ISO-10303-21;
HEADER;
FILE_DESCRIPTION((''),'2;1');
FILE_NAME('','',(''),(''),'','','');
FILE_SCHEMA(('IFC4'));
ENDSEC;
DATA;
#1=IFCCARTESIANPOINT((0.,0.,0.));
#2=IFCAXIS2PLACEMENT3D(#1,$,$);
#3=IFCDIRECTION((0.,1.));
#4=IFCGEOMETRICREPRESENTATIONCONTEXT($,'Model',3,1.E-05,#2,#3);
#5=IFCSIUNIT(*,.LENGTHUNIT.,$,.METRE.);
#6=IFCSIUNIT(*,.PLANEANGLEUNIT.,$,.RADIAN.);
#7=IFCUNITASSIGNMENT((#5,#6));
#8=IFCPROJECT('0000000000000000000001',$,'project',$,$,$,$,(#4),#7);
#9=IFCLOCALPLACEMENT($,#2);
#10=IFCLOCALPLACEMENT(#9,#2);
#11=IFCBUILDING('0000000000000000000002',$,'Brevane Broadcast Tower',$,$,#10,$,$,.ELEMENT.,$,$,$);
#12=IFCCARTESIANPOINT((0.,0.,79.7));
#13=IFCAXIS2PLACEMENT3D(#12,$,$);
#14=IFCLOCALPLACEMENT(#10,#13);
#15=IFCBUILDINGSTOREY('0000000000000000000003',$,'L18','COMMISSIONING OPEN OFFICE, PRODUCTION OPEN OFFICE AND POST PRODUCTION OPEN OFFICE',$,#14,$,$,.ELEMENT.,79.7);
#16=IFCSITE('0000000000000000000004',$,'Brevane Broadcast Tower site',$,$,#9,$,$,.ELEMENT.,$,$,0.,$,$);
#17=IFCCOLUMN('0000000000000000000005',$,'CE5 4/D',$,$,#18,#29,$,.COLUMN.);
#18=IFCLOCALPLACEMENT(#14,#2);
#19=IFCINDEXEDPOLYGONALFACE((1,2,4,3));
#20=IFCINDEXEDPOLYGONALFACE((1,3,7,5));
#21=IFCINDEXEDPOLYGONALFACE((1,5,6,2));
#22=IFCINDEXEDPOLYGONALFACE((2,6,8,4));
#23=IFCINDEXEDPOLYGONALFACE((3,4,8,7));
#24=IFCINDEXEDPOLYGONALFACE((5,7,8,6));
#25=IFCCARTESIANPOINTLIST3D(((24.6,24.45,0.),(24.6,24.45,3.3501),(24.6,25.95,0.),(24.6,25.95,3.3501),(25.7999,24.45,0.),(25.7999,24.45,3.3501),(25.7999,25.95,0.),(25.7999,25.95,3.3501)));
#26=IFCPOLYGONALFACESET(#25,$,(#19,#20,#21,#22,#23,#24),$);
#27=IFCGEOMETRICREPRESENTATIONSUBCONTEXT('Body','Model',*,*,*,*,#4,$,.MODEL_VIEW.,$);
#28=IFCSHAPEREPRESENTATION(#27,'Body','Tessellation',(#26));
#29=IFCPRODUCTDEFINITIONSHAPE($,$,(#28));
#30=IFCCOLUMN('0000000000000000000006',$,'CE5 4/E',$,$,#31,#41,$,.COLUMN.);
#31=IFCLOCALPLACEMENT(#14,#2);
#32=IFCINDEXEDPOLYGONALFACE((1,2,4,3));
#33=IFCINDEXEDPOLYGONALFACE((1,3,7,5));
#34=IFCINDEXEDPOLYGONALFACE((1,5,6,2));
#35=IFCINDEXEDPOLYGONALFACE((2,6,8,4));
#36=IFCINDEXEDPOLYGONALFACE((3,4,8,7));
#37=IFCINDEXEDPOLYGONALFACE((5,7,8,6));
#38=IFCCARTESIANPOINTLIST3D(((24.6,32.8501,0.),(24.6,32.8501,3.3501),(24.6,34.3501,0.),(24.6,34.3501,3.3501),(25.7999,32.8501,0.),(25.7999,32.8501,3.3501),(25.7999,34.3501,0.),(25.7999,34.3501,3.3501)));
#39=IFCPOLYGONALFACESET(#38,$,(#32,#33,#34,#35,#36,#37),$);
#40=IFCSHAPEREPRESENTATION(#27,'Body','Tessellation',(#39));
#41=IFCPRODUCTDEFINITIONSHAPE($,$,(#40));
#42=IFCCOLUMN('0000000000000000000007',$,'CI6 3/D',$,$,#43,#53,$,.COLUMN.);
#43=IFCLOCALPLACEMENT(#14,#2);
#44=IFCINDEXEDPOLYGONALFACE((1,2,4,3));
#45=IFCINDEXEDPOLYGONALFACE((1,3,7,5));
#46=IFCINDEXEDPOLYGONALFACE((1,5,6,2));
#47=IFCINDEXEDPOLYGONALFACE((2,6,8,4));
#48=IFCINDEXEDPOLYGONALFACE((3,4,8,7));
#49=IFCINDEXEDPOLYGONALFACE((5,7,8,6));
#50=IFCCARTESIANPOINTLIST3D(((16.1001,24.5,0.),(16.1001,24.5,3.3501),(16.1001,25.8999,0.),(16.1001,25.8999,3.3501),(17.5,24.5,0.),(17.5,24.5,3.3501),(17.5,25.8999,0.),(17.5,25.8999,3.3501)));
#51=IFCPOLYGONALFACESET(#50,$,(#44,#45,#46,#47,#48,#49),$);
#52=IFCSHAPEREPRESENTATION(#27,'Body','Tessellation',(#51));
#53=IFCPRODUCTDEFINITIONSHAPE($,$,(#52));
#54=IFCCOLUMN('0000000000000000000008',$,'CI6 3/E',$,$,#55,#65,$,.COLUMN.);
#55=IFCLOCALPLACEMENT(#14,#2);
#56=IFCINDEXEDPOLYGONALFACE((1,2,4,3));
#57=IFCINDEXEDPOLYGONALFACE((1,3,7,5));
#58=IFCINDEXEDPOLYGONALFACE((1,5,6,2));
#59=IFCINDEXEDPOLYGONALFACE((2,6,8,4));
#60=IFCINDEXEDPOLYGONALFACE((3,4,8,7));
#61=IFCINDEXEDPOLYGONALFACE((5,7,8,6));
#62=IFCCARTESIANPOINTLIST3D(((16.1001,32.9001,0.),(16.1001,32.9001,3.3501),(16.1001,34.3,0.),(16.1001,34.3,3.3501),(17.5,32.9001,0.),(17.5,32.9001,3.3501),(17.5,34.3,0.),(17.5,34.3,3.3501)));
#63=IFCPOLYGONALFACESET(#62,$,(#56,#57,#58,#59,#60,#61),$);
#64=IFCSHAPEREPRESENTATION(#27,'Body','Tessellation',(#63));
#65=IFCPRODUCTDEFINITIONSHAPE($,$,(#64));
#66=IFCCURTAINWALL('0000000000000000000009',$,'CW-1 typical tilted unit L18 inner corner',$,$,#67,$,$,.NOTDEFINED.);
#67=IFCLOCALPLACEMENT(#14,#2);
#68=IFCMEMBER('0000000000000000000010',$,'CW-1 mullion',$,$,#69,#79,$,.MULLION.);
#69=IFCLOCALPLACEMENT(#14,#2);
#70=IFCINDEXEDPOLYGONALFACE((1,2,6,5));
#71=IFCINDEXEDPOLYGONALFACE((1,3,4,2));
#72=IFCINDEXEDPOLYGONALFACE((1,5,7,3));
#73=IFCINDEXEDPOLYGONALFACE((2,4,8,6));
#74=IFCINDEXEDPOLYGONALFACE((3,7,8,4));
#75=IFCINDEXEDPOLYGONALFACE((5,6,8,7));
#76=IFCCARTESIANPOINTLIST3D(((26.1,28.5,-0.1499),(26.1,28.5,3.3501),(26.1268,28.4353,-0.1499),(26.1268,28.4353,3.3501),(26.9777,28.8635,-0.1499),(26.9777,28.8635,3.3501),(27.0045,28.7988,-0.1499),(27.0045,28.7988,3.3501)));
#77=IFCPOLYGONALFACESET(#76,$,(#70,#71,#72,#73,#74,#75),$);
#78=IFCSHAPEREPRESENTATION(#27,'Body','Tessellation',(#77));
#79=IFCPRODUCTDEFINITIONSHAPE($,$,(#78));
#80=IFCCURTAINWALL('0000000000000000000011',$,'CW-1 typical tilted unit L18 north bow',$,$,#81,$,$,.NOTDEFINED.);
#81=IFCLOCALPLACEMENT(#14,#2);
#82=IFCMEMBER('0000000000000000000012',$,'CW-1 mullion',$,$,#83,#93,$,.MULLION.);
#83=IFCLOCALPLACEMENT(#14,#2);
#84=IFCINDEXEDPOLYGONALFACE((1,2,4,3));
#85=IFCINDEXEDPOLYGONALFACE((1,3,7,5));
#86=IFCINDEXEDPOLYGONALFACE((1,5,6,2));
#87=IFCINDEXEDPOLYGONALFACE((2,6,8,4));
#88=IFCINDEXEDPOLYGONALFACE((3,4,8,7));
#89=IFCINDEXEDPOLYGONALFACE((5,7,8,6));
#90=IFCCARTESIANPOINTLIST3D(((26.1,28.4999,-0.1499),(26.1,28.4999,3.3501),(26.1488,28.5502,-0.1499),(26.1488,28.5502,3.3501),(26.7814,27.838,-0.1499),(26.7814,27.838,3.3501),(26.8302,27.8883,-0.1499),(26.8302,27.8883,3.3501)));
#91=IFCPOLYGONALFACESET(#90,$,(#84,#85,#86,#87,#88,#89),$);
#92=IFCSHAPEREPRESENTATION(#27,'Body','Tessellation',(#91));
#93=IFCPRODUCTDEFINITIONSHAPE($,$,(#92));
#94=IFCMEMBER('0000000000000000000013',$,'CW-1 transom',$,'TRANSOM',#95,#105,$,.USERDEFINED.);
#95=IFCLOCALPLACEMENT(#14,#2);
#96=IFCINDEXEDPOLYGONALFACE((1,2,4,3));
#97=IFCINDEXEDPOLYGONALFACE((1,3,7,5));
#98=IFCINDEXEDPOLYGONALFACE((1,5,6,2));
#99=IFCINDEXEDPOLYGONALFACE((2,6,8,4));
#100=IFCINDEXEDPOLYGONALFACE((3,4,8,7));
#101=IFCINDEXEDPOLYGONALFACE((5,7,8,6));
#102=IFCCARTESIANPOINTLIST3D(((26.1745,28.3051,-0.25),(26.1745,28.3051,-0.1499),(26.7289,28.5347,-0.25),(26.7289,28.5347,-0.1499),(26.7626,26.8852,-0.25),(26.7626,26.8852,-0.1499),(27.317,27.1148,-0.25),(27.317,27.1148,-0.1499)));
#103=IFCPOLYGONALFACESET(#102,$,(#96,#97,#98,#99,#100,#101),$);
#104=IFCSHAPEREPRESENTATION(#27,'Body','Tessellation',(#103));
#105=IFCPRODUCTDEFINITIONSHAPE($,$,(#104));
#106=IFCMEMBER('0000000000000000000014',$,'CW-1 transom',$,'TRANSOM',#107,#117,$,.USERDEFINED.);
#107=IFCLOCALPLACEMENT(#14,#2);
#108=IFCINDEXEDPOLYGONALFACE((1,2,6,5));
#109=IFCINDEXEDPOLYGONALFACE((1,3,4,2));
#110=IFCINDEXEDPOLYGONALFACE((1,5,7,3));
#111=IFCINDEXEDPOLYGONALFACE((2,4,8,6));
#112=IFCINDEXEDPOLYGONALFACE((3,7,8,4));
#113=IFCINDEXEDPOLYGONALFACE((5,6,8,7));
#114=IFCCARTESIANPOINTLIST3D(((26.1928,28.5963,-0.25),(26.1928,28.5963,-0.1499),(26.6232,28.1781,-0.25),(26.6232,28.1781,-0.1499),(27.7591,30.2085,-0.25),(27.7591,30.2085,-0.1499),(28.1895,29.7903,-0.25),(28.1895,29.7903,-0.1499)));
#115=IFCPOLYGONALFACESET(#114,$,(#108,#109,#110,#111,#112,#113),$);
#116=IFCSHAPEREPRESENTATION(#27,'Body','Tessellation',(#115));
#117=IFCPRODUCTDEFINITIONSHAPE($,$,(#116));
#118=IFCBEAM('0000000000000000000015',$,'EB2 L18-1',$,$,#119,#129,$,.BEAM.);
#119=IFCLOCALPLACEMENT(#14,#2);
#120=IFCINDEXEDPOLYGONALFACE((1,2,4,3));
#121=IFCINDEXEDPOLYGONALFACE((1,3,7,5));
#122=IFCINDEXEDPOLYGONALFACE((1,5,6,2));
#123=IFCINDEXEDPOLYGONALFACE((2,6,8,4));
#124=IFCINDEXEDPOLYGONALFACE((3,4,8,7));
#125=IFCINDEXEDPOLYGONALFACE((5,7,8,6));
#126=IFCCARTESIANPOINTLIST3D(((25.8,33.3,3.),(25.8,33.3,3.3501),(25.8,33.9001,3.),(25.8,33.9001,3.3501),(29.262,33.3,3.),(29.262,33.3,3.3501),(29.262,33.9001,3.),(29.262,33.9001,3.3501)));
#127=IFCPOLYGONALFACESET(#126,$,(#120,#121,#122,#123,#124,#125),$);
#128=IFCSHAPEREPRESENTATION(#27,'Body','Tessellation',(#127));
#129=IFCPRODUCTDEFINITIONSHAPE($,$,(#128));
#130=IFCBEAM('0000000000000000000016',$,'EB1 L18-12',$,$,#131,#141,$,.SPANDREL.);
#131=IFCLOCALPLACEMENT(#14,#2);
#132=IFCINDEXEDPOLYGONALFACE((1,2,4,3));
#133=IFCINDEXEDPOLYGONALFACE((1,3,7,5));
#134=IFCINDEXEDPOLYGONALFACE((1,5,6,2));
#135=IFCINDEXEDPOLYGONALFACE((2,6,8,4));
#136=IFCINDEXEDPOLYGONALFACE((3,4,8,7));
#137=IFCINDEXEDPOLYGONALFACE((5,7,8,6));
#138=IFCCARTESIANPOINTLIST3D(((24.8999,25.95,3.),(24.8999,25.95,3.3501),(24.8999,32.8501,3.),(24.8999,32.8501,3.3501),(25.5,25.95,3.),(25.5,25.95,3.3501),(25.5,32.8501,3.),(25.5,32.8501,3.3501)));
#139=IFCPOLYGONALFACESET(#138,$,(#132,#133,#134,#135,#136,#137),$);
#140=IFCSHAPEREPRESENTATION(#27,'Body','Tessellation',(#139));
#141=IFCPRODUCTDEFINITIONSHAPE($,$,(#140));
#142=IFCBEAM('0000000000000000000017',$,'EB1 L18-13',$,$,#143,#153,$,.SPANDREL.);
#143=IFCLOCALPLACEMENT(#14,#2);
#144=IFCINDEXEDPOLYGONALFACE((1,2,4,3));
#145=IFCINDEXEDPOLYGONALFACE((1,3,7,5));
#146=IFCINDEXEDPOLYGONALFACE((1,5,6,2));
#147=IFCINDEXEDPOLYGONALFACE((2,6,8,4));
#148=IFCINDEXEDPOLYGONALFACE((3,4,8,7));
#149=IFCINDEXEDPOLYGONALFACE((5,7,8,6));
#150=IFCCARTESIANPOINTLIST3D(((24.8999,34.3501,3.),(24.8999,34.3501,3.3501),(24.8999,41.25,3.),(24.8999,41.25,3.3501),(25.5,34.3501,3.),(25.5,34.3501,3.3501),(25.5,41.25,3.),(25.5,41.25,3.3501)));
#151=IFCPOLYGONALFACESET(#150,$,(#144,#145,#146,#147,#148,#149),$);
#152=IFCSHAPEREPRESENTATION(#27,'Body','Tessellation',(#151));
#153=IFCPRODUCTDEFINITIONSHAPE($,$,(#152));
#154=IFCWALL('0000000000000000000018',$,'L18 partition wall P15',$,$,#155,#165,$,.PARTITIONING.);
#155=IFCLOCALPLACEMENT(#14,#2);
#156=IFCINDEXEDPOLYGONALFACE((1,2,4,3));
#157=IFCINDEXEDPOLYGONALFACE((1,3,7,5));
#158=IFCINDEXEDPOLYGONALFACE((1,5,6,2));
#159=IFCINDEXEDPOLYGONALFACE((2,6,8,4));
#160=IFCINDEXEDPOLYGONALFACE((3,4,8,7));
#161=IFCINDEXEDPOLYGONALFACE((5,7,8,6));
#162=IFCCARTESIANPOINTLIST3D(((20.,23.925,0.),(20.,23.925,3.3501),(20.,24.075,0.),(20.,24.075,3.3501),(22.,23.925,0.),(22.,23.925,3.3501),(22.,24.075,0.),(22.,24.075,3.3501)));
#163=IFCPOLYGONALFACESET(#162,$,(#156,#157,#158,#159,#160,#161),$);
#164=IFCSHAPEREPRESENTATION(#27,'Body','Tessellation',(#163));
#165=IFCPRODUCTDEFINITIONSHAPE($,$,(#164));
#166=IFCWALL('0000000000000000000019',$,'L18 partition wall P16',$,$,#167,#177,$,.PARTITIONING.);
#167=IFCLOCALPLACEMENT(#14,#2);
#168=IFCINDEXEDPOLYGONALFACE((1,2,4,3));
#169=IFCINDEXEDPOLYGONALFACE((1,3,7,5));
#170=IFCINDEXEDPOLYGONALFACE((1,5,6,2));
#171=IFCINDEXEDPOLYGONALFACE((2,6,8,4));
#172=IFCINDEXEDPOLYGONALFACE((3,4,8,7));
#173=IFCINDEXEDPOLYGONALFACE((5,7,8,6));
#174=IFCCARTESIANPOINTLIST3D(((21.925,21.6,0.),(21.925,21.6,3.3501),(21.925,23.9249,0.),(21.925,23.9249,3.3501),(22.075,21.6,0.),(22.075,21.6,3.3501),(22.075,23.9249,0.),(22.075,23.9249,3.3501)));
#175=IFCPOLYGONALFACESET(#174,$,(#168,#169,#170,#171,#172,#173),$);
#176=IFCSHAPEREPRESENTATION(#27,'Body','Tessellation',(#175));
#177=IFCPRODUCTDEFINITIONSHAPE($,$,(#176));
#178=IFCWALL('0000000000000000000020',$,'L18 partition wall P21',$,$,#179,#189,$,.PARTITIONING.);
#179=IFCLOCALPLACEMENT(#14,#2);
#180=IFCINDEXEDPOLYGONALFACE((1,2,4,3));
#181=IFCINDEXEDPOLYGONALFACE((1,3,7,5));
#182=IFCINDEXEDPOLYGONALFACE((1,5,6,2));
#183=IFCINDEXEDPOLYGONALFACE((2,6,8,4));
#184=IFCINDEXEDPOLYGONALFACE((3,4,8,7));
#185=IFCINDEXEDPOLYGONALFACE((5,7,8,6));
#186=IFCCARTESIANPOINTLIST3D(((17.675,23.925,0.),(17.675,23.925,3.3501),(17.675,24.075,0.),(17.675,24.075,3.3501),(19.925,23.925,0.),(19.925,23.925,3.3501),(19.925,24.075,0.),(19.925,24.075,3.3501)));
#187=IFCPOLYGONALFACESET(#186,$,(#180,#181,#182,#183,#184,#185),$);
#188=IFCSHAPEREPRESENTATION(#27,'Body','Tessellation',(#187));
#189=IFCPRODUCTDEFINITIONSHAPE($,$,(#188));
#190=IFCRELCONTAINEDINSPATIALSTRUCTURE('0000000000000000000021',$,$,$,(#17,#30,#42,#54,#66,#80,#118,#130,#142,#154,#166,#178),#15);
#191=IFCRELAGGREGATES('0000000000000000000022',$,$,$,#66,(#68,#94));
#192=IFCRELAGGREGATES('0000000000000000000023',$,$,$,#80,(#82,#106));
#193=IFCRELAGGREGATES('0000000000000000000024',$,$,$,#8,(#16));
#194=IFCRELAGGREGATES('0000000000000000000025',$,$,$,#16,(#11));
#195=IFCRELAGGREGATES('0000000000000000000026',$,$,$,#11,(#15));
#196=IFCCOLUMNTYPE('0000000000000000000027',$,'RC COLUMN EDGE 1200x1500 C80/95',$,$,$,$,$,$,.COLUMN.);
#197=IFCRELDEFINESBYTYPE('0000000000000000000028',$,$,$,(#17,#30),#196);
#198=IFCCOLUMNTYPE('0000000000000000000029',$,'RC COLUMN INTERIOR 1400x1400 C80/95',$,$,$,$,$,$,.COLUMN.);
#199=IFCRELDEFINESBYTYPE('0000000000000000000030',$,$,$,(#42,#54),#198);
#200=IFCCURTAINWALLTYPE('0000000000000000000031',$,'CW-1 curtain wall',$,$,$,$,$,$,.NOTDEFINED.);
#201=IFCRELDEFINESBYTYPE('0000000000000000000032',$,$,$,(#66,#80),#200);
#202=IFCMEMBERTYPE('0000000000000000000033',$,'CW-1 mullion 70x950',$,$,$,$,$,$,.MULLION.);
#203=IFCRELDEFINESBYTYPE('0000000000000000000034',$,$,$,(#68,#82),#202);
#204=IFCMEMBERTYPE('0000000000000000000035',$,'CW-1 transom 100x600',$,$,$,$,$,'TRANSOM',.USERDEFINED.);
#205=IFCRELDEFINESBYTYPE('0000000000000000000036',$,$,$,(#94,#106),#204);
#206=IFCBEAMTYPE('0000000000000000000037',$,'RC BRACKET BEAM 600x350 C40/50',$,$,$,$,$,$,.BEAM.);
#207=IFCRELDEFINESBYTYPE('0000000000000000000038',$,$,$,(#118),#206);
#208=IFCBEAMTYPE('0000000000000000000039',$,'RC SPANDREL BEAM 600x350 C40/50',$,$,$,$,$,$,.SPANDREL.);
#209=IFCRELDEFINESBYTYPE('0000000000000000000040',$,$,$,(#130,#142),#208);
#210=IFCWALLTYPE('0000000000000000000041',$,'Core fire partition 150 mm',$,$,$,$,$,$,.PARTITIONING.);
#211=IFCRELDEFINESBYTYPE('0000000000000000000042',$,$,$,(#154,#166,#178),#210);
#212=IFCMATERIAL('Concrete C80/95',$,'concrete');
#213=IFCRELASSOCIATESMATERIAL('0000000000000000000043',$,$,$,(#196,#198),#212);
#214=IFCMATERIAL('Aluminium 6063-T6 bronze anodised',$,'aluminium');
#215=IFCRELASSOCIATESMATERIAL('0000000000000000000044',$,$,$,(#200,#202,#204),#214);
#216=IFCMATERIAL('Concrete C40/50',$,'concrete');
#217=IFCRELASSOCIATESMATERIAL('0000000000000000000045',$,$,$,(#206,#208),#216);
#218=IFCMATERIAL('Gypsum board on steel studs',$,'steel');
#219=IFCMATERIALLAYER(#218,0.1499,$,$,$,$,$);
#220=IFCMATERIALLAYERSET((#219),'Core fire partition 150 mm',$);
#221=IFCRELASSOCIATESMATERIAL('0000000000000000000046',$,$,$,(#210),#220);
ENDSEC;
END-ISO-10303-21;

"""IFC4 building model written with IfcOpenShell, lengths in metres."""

from ifc_helpers import new_model, si_unit, direction, frame, frame_2d, origin, origin_2d, place, context, subcontext, project, spatial, rectangle, extrude, material, layer, layer_set, material_profile, profile_set, type_object, element, aggregate, save


model = new_model("IFC4")

# Units and contexts
model_context = context("Model", 3, precision=1e-05, world=origin(), true_north=direction((0.0, 1.0)))
body_context = subcontext(model_context, "Body", "Model", "MODEL_VIEW")
ifc_project = project(units=[si_unit("LENGTHUNIT", "METRE"), si_unit("PLANEANGLEUNIT", "RADIAN")], contexts=[model_context])

# Site, building, storey
site_placement = place(None, origin())
site = spatial("IfcSite", under=ifc_project, at=site_placement, Name="Brevane Broadcast Tower site", CompositionType="ELEMENT", RefElevation=0.0)
building_placement = place(site_placement, origin())
building = spatial("IfcBuilding", under=site, at=building_placement, Name="Brevane Broadcast Tower", CompositionType="ELEMENT")
storey_placement = place(building_placement, frame((0.0, 0.0, 79.7)))
storey = spatial("IfcBuildingStorey", under=building, at=storey_placement, Name="L18", Description="COMMISSIONING OPEN OFFICE, PRODUCTION OPEN OFFICE AND POST PRODUCTION OPEN OFFICE", CompositionType="ELEMENT", Elevation=79.7)

# Columns
ifc_material_1 = material(Name="Concrete C80/95", Category="concrete")
ifc_material_profile_1 = material_profile(ifc_material_1, rectangle(XDim=1.2, YDim=1.5, at=origin_2d()), Name="RC 1200x1500")
ifc_profile_set_1 = profile_set([ifc_material_profile_1], Name="Concrete C80/95")
column_type_1 = type_object("IfcColumnType", Name="RC COLUMN EDGE 1200x1500 C80/95", PredefinedType="COLUMN", material=ifc_profile_set_1)
for number, where, z_axis, x_axis, name in (
    (1, (25.2, 25.2, 0.0), (0.0, 0.0, 1.0), (1.0, 0.0, 0.0), "CE5 4/D"),
    (2, (25.2, 33.6001, 0.0), (0.0, 0.0, 1.0), (1.0, 0.0, 0.0), "CE5 4/E"),
):
    element("IfcColumn", number, at=place(storey_placement, frame(where, z_axis=z_axis, x_axis=x_axis)), inside=storey, type_object=column_type_1, Name=name, PredefinedType="COLUMN", context=body_context, shape_type="SweptSolid", body=[
        extrude(rectangle(XDim=1.2, YDim=1.5, at=origin_2d()), origin(), (0.0, 0.0, 1.0), 3.3501),
    ])
ifc_material_profile_2 = material_profile(ifc_material_1, rectangle(XDim=1.3999, YDim=1.3999, at=origin_2d()), Name="RC 1400x1400")
ifc_profile_set_2 = profile_set([ifc_material_profile_2], Name="Concrete C80/95")
column_type_2 = type_object("IfcColumnType", Name="RC COLUMN INTERIOR 1400x1400 C80/95", PredefinedType="COLUMN", material=ifc_profile_set_2)
for number, where, z_axis, x_axis, name in (
    (3, (16.8, 25.2, 0.0), (0.0, 0.0, 1.0), (1.0, 0.0, 0.0), "CI6 3/D"),
    (4, (16.8, 33.6001, 0.0), (0.0, 0.0, 1.0), (1.0, 0.0, 0.0), "CI6 3/E"),
):
    element("IfcColumn", number, at=place(storey_placement, frame(where, z_axis=z_axis, x_axis=x_axis)), inside=storey, type_object=column_type_2, Name=name, PredefinedType="COLUMN", context=body_context, shape_type="SweptSolid", body=[
        extrude(rectangle(XDim=1.3999, YDim=1.3999, at=origin_2d()), origin(), (0.0, 0.0, 1.0), 3.3501),
    ])

# Curtain walls, members
ifc_material_2 = material(Name="Aluminium 6063-T6 bronze anodised", Category="aluminium")
curtain_wall_type = type_object("IfcCurtainWallType", Name="CW-1 curtain wall", PredefinedType="NOTDEFINED", material=ifc_material_2)
curtain_wall_1_placement = place(storey_placement, origin())
curtain_wall_1 = element("IfcCurtainWall", 5, at=curtain_wall_1_placement, inside=storey, type_object=curtain_wall_type, Name="CW-1 typical tilted unit L18 inner corner", PredefinedType="NOTDEFINED")
ifc_material_profile_3 = material_profile(ifc_material_2, rectangle(XDim=0.95, YDim=0.0701, at=origin_2d()), Name="RECT 70x950")
ifc_profile_set_3 = profile_set([ifc_material_profile_3], Name="Aluminium 6063-T6 bronze anodised")
member_type_1 = type_object("IfcMemberType", Name="CW-1 mullion 70x950", PredefinedType="MULLION", material=ifc_profile_set_3)
member_1_placement = place(storey_placement, frame((26.5522, 28.6494, -0.1499), z_axis=(0.0, 0.0, 1.0), x_axis=(-0.923879, -0.382684, 0.0)))
member_1 = element("IfcMember", 6, at=member_1_placement, type_object=member_type_1, Name="CW-1 mullion", PredefinedType="MULLION", context=body_context, shape_type="SweptSolid", body=[
    extrude(rectangle(XDim=0.95, YDim=0.0701, at=origin_2d()), origin(), (0.0, 0.0, 1.0), 3.5),
])
curtain_wall_2_placement = place(storey_placement, origin())
curtain_wall_2 = element("IfcCurtainWall", 7, at=curtain_wall_2_placement, inside=storey, type_object=curtain_wall_type, Name="CW-1 typical tilted unit L18 north bow", PredefinedType="NOTDEFINED")
member_2_placement = place(storey_placement, frame((26.4651, 28.1941, -0.1499), z_axis=(0.0, 0.0, 1.0), x_axis=(-0.717254, 0.696812, 0.0)))
member_2 = element("IfcMember", 8, at=member_2_placement, type_object=member_type_1, Name="CW-1 mullion", PredefinedType="MULLION", context=body_context, shape_type="SweptSolid", body=[
    extrude(rectangle(XDim=0.95, YDim=0.0701, at=origin_2d()), origin(), (0.0, 0.0, 1.0), 3.5),
])

# Members
ifc_material_profile_4 = material_profile(ifc_material_2, rectangle(XDim=0.6001, YDim=0.1001, at=origin_2d()), Name="RECT 100x600")
ifc_profile_set_4 = profile_set([ifc_material_profile_4], Name="Aluminium 6063-T6 bronze anodised")
member_type_2 = type_object("IfcMemberType", Name="CW-1 transom 100x600", ElementType="TRANSOM", PredefinedType="USERDEFINED", material=ifc_profile_set_4)
member_3_placement = place(storey_placement, frame((27.0398, 27.0, -0.2), z_axis=(-0.382674, 0.923883, 0.0), x_axis=(-0.923883, -0.382674, 0.0)))
member_3 = element("IfcMember", 9, at=member_3_placement, type_object=member_type_2, Name="CW-1 transom", ObjectType="TRANSOM", PredefinedType="USERDEFINED", context=body_context, shape_type="SweptSolid", body=[
    extrude(rectangle(XDim=0.6001, YDim=0.1001, at=origin_2d()), origin(), (0.0, 0.0, 1.0), 1.5369),
])
aggregate(curtain_wall_1, [member_1, member_3])
member_4_placement = place(storey_placement, frame((26.408, 28.3872, -0.2), z_axis=(0.696824, 0.717242, 0.0), x_axis=(-0.717242, 0.696824, 0.0)))
member_4 = element("IfcMember", 10, at=member_4_placement, type_object=member_type_2, Name="CW-1 transom", ObjectType="TRANSOM", PredefinedType="USERDEFINED", context=body_context, shape_type="SweptSolid", body=[
    extrude(rectangle(XDim=0.6001, YDim=0.1001, at=origin_2d()), origin(), (0.0, 0.0, 1.0), 2.2478),
])
aggregate(curtain_wall_2, [member_2, member_4])

# Beams
ifc_material_3 = material(Name="Concrete C40/50", Category="concrete")
ifc_material_profile_5 = material_profile(ifc_material_3, rectangle(XDim=0.6001, YDim=0.3501, at=origin_2d()), Name="RC 600x350")
ifc_profile_set_5 = profile_set([ifc_material_profile_5], Name="Concrete C40/50")
beam_type_1 = type_object("IfcBeamType", Name="RC BRACKET BEAM 600x350 C40/50", PredefinedType="BEAM", material=ifc_profile_set_5)
beam_1_placement = place(storey_placement, frame((25.8, 33.6001, 3.175), z_axis=(1.0, 0.0, 0.0), x_axis=(0.0, 1.0, 0.0)))
element("IfcBeam", 11, at=beam_1_placement, inside=storey, type_object=beam_type_1, Name="EB2 L18-1", PredefinedType="BEAM", context=body_context, shape_type="SweptSolid", body=[
    extrude(rectangle(XDim=0.6001, YDim=0.3501, at=origin_2d()), origin(), (0.0, 0.0, 1.0), 3.4619),
])
ifc_material_profile_6 = material_profile(ifc_material_3, rectangle(XDim=0.6001, YDim=0.3501, at=origin_2d()), Name="RC 600x350")
ifc_profile_set_6 = profile_set([ifc_material_profile_6], Name="Concrete C40/50")
beam_type_2 = type_object("IfcBeamType", Name="RC SPANDREL BEAM 600x350 C40/50", PredefinedType="SPANDREL", material=ifc_profile_set_6)
beam_2_placement = place(storey_placement, frame((25.2, 25.95, 3.175), z_axis=(0.0, 1.0, 0.0), x_axis=(-1.0, 0.0, 0.0)))
element("IfcBeam", 12, at=beam_2_placement, inside=storey, type_object=beam_type_2, Name="EB1 L18-12", PredefinedType="SPANDREL", context=body_context, shape_type="SweptSolid", body=[
    extrude(rectangle(XDim=0.6001, YDim=0.3501, at=origin_2d()), origin(), (0.0, 0.0, 1.0), 6.9001),
])
beam_3_placement = place(storey_placement, frame((25.2, 34.3501, 3.175), z_axis=(0.0, 1.0, 0.0), x_axis=(-1.0, 0.0, 0.0)))
element("IfcBeam", 13, at=beam_3_placement, inside=storey, type_object=beam_type_2, Name="EB1 L18-13", PredefinedType="SPANDREL", context=body_context, shape_type="SweptSolid", body=[
    extrude(rectangle(XDim=0.6001, YDim=0.3501, at=origin_2d()), origin(), (0.0, 0.0, 1.0), 6.8999),
])

# Walls
ifc_material_4 = material(Name="Gypsum board on steel studs", Category="steel")
ifc_layer_1 = layer(ifc_material_4, 0.1499)
ifc_layer_set_1 = layer_set([ifc_layer_1], Name="Core fire partition 150 mm")
wall_type_1 = type_object("IfcWallType", Name="Core fire partition 150 mm", PredefinedType="PARTITIONING", material=ifc_layer_set_1)
wall_1_placement = place(storey_placement, frame((20.0, 24.0, 0.0), z_axis=(0.0, 0.0, 1.0), x_axis=(1.0, 0.0, 0.0)))
element("IfcWall", 14, at=wall_1_placement, inside=storey, type_object=wall_type_1, Name="L18 partition wall P15", PredefinedType="PARTITIONING", context=body_context, shape_type="SweptSolid", body=[
    extrude(rectangle(XDim=2.0, YDim=0.1499, at=frame_2d((1.0, 0.0))), origin(), (0.0, 0.0, 1.0), 3.3501),
])
wall_2_placement = place(storey_placement, frame((22.0, 23.925, 0.0), z_axis=(0.0, 0.0, 1.0), x_axis=(0.0, -1.0, 0.0)))
element("IfcWall", 15, at=wall_2_placement, inside=storey, type_object=wall_type_1, Name="L18 partition wall P16", PredefinedType="PARTITIONING", context=body_context, shape_type="SweptSolid", body=[
    extrude(rectangle(XDim=2.325, YDim=0.1499, at=frame_2d((1.1626, 0.0))), origin(), (0.0, 0.0, 1.0), 3.3501),
])
wall_3_placement = place(storey_placement, frame((17.675, 24.0, 0.0), z_axis=(0.0, 0.0, 1.0), x_axis=(1.0, 0.0, 0.0)))
element("IfcWall", 16, at=wall_3_placement, inside=storey, type_object=wall_type_1, Name="L18 partition wall P21", PredefinedType="PARTITIONING", context=body_context, shape_type="SweptSolid", body=[
    extrude(rectangle(XDim=2.25, YDim=0.1499, at=frame_2d((1.125, 0.0))), origin(), (0.0, 0.0, 1.0), 3.3501),
])

save(model, "model.ifc")
